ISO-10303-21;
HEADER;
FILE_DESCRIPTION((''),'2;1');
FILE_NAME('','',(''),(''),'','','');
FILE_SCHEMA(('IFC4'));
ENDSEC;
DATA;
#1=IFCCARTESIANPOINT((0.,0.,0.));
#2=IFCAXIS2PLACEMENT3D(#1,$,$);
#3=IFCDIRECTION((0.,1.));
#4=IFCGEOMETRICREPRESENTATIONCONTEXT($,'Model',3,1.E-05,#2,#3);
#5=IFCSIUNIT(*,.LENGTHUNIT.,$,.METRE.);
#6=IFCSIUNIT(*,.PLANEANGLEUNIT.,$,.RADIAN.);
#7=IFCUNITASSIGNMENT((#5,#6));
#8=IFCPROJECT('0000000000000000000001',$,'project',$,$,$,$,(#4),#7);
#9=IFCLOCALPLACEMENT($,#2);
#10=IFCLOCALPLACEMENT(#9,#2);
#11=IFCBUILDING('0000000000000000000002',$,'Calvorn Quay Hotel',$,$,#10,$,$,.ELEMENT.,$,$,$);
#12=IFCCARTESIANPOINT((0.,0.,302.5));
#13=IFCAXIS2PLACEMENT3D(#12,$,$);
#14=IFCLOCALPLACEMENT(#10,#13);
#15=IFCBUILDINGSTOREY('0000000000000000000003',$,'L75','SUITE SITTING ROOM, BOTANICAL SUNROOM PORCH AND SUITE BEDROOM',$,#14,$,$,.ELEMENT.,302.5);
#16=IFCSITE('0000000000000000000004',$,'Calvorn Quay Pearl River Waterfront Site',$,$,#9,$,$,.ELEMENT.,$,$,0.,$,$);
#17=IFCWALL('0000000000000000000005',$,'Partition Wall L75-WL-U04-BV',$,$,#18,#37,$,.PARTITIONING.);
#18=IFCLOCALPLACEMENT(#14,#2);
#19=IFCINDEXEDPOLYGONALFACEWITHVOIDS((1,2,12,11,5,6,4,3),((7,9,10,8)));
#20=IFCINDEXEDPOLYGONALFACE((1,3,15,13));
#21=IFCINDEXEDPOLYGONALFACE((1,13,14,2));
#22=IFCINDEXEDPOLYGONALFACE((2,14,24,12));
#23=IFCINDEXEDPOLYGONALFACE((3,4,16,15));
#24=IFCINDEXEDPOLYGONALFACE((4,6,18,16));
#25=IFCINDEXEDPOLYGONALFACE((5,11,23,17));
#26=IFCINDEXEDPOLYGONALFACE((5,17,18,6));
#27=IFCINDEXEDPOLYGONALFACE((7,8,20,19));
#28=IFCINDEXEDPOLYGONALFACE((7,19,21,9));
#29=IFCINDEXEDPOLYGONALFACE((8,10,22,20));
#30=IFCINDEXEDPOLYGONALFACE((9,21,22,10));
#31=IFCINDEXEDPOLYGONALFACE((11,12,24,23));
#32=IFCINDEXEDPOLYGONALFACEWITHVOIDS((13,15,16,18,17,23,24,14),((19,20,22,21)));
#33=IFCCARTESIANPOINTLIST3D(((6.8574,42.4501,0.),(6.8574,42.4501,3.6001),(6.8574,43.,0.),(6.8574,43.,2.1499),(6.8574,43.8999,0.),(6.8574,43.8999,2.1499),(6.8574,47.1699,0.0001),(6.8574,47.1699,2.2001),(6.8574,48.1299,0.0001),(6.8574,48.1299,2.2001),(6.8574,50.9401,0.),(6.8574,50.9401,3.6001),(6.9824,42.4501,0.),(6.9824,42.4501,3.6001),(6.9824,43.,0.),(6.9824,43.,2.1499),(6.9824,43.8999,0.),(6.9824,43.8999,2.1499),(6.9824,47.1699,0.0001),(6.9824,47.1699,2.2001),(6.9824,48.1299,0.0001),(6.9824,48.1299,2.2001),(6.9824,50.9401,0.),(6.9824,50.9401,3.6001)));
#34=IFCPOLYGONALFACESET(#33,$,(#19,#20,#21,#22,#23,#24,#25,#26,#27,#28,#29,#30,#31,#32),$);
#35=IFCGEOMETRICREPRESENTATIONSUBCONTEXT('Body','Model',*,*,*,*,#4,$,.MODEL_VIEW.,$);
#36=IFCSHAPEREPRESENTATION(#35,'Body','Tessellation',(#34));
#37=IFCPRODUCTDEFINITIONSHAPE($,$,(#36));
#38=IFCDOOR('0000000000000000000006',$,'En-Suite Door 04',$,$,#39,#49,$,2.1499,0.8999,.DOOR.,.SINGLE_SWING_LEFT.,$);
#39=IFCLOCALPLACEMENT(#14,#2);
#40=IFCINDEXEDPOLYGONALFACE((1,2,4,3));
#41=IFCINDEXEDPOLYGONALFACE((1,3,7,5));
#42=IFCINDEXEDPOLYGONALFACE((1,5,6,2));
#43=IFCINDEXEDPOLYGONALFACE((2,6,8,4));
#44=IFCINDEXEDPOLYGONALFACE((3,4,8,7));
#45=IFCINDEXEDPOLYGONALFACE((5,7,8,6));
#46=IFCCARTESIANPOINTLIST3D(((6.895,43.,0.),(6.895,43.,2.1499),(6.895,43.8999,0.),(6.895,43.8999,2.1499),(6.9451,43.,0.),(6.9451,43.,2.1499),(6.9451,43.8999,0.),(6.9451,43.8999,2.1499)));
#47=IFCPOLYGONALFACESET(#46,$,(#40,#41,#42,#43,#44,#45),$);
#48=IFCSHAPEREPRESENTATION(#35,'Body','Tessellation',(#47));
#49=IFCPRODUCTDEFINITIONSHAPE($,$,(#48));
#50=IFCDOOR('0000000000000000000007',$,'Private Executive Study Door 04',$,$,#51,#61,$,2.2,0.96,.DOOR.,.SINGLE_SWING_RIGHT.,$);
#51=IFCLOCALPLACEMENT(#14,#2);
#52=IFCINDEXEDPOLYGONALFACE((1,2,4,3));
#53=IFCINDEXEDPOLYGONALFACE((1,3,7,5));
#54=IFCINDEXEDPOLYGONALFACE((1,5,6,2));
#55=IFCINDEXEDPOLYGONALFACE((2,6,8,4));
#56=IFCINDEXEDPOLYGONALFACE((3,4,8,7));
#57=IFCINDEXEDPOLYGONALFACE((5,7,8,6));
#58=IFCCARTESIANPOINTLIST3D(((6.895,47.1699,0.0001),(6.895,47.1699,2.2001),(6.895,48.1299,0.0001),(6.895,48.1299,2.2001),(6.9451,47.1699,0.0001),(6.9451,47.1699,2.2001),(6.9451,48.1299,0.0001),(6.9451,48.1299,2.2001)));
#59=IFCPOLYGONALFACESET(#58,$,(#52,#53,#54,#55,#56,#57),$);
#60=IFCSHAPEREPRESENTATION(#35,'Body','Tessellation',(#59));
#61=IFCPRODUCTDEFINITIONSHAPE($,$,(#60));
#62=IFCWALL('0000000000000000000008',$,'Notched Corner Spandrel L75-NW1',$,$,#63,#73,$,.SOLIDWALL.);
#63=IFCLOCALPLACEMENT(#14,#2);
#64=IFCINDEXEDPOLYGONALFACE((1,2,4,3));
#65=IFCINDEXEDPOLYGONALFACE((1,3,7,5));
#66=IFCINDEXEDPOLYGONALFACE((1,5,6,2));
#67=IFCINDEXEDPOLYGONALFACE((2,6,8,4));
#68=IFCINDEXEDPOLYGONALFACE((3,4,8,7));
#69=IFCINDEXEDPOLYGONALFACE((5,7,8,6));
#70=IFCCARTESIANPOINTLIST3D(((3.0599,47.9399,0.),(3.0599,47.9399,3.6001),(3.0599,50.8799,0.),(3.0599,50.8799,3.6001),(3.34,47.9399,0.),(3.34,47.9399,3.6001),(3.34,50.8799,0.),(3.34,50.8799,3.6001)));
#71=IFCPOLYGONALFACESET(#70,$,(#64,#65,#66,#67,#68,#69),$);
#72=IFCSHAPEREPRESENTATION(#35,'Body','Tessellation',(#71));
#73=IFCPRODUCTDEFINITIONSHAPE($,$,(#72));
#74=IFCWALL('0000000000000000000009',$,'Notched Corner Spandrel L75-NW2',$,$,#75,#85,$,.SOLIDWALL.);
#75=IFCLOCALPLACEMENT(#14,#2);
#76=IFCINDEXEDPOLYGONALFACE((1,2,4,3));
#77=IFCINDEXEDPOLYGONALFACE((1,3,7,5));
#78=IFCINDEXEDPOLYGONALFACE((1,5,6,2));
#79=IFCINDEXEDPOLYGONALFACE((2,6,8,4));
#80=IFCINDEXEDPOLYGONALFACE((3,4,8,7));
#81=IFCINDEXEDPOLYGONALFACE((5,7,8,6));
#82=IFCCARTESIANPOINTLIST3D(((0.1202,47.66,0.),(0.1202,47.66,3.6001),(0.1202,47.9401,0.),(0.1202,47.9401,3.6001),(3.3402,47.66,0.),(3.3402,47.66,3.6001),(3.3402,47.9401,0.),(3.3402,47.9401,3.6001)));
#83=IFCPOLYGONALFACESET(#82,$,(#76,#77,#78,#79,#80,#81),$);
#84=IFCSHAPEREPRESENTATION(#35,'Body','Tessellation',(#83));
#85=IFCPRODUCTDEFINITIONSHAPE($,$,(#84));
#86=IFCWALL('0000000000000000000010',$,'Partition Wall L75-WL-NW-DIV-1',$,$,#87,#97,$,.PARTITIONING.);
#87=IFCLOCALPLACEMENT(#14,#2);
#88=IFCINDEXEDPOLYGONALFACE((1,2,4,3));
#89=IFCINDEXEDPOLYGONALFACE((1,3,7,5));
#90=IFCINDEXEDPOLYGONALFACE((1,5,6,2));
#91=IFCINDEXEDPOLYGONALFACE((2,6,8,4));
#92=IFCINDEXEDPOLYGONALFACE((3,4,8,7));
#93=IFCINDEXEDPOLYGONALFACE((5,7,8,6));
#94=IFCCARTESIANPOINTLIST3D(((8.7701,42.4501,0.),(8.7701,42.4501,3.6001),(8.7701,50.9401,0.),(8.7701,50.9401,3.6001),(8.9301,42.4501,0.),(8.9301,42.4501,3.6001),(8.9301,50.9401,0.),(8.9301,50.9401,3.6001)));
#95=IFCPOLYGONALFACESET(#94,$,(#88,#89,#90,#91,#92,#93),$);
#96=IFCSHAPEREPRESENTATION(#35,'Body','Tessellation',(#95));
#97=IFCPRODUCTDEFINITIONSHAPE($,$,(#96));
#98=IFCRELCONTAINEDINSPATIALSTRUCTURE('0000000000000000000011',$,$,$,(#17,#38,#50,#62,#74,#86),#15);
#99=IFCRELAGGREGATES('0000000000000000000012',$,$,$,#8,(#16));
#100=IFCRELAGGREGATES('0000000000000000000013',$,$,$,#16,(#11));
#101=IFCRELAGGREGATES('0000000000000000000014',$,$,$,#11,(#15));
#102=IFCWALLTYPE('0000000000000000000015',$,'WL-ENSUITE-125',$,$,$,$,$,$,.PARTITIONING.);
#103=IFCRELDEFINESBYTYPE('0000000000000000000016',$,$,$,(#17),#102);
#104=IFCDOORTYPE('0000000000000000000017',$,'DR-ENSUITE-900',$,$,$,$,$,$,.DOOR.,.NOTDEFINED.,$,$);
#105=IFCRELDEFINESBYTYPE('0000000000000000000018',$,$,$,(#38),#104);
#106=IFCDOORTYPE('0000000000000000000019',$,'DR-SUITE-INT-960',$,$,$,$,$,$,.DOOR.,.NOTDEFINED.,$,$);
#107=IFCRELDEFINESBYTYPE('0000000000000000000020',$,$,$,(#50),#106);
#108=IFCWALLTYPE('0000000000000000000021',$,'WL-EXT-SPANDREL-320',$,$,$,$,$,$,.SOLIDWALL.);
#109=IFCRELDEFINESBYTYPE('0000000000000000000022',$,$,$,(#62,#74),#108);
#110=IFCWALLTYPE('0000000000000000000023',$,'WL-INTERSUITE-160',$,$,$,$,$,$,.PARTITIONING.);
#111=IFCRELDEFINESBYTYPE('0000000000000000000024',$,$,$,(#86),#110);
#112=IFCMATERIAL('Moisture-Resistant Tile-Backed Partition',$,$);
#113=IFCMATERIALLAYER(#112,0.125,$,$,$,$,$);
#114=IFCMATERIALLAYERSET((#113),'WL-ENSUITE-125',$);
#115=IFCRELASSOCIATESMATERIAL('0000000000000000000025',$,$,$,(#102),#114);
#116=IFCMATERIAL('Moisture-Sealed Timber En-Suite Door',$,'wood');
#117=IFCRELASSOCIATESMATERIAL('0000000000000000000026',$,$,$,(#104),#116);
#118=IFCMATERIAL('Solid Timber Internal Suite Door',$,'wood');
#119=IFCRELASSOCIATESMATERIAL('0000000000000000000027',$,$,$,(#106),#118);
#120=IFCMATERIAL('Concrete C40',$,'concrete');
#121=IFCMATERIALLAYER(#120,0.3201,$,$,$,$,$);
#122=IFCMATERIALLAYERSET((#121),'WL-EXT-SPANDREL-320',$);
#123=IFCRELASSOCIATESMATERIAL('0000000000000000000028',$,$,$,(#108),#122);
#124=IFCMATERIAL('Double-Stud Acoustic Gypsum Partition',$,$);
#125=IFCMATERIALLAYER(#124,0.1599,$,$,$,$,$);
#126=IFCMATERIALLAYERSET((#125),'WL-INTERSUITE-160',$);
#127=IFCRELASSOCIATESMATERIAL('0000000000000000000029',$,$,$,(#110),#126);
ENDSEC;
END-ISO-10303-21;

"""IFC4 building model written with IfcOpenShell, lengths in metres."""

from ifc_helpers import new_model, si_unit, direction, frame, frame_2d, origin, place, context, subcontext, project, spatial, rectangle, extrude, material, layer, layer_set, type_object, element, fill, save


model = new_model("IFC4")

# Units and contexts
model_context = context("Model", 3, precision=1e-05, world=origin(), true_north=direction((0.0, 1.0)))
body_context = subcontext(model_context, "Body", "Model", "MODEL_VIEW")
ifc_project = project(units=[si_unit("LENGTHUNIT", "METRE"), si_unit("PLANEANGLEUNIT", "RADIAN")], contexts=[model_context])

# Site, building, storey
site_placement = place(None, origin())
site = spatial("IfcSite", under=ifc_project, at=site_placement, Name="Calvorn Quay Pearl River Waterfront Site", CompositionType="ELEMENT", RefElevation=0.0)
building_placement = place(site_placement, origin())
building = spatial("IfcBuilding", under=site, at=building_placement, Name="Calvorn Quay Hotel", CompositionType="ELEMENT")
storey_placement = place(building_placement, frame((0.0, 0.0, 302.5)))
storey = spatial("IfcBuildingStorey", under=building, at=storey_placement, Name="L75", Description="SUITE SITTING ROOM, BOTANICAL SUNROOM PORCH AND SUITE BEDROOM", CompositionType="ELEMENT", Elevation=302.5)

# Shared definitions
ifc_material_1 = material(Name="Moisture-Resistant Tile-Backed Partition")
ifc_layer_1 = layer(ifc_material_1, 0.125)
ifc_layer_set_1 = layer_set([ifc_layer_1], Name="WL-ENSUITE-125")
wall_type_1 = type_object("IfcWallType", Name="WL-ENSUITE-125", PredefinedType="PARTITIONING", material=ifc_layer_set_1)

# Wall, openings, doors
wall_1_placement = place(storey_placement, frame((6.9199, 42.45, 0.0), z_axis=(0.0, 0.0, 1.0), x_axis=(0.0, 1.0, 0.0)))
wall_1 = element("IfcWall", 1, at=wall_1_placement, inside=storey, type_object=wall_type_1, Name="Partition Wall L75-WL-U04-BV", PredefinedType="PARTITIONING", context=body_context, shape_type="SweptSolid", body=[
    extrude(rectangle(XDim=8.49, YDim=0.125, at=frame_2d((4.2451, 0.0))), origin(), (0.0, 0.0, 1.0), 3.6001),
])
opening_1_placement = place(wall_1_placement, frame((0.55, 0.0, 0.0)))
opening_1 = element("IfcOpeningElement", 2, at=opening_1_placement, cuts=wall_1, PredefinedType="OPENING", context=body_context, shape_type="SweptSolid", body=[
    extrude(rectangle(XDim=0.8999, YDim=2.1499, at=frame_2d((0.45, 1.075))), frame((0.0, 0.0725, 0.0), z_axis=(0.0, -1.0, 0.0), x_axis=(1.0, 0.0, 0.0)), (0.0, 0.0, 1.0), 0.145),
])
opening_2_placement = place(wall_1_placement, frame((4.72, 0.0, 0.0)))
opening_2 = element("IfcOpeningElement", 3, at=opening_2_placement, cuts=wall_1, PredefinedType="OPENING", context=body_context, shape_type="SweptSolid", body=[
    extrude(rectangle(XDim=0.96, YDim=2.2, at=frame_2d((0.48, 1.1001))), frame((0.0, 0.0725, 0.0), z_axis=(0.0, -1.0, 0.0), x_axis=(1.0, 0.0, 0.0)), (0.0, 0.0, 1.0), 0.145),
])
ifc_material_2 = material(Name="Moisture-Sealed Timber En-Suite Door", Category="wood")
door_type_1 = type_object("IfcDoorType", Name="DR-ENSUITE-900", OperationType="NOTDEFINED", PredefinedType="DOOR", material=ifc_material_2)
door_1_placement = place(opening_1_placement, origin())
door_1 = element("IfcDoor", 4, at=door_1_placement, inside=storey, type_object=door_type_1, Name="En-Suite Door 04", OperationType="SINGLE_SWING_LEFT", OverallHeight=2.1499, OverallWidth=0.8999, PredefinedType="DOOR", context=body_context, shape_type="SweptSolid", body=[
    extrude(rectangle(XDim=0.8999, YDim=2.1499, at=frame_2d((0.45, 1.075))), frame((0.0, 0.0249, 0.0), z_axis=(0.0, -1.0, 0.0), x_axis=(1.0, 0.0, 0.0)), (0.0, 0.0, 1.0), 0.05),
])
fill(opening_1, door_1)
ifc_material_3 = material(Name="Solid Timber Internal Suite Door", Category="wood")
door_type_2 = type_object("IfcDoorType", Name="DR-SUITE-INT-960", OperationType="NOTDEFINED", PredefinedType="DOOR", material=ifc_material_3)
door_2_placement = place(opening_2_placement, origin())
door_2 = element("IfcDoor", 5, at=door_2_placement, inside=storey, type_object=door_type_2, Name="Private Executive Study Door 04", OperationType="SINGLE_SWING_RIGHT", OverallHeight=2.2, OverallWidth=0.96, PredefinedType="DOOR", context=body_context, shape_type="SweptSolid", body=[
    extrude(rectangle(XDim=0.96, YDim=2.2, at=frame_2d((0.48, 1.1001))), frame((0.0, 0.0249, 0.0), z_axis=(0.0, -1.0, 0.0), x_axis=(1.0, 0.0, 0.0)), (0.0, 0.0, 1.0), 0.05),
])
fill(opening_2, door_2)

# Walls
ifc_material_4 = material(Name="Concrete C40", Category="concrete")
ifc_layer_2 = layer(ifc_material_4, 0.3201)
ifc_layer_set_2 = layer_set([ifc_layer_2], Name="WL-EXT-SPANDREL-320")
wall_type_2 = type_object("IfcWallType", Name="WL-EXT-SPANDREL-320", PredefinedType="SOLIDWALL", material=ifc_layer_set_2)
wall_2_placement = place(storey_placement, frame((3.2, 50.8799, 0.0), z_axis=(0.0, 0.0, 1.0), x_axis=(0.0, -1.0, 0.0)))
element("IfcWall", 6, at=wall_2_placement, inside=storey, type_object=wall_type_2, Name="Notched Corner Spandrel L75-NW1", PredefinedType="SOLIDWALL", context=body_context, shape_type="SweptSolid", body=[
    extrude(rectangle(XDim=2.9399, YDim=0.28, at=frame_2d((1.47, 0.0))), origin(), (0.0, 0.0, 1.0), 3.6001),
])
wall_3_placement = place(storey_placement, frame((3.3401, 47.8, 0.0), z_axis=(0.0, 0.0, 1.0), x_axis=(-1.0, 0.0, 0.0)))
element("IfcWall", 7, at=wall_3_placement, inside=storey, type_object=wall_type_2, Name="Notched Corner Spandrel L75-NW2", PredefinedType="SOLIDWALL", context=body_context, shape_type="SweptSolid", body=[
    extrude(rectangle(XDim=3.22, YDim=0.28, at=frame_2d((1.6099, 0.0))), origin(), (0.0, 0.0, 1.0), 3.6001),
])
ifc_material_5 = material(Name="Double-Stud Acoustic Gypsum Partition")
ifc_layer_3 = layer(ifc_material_5, 0.1599)
ifc_layer_set_3 = layer_set([ifc_layer_3], Name="WL-INTERSUITE-160")
wall_type_3 = type_object("IfcWallType", Name="WL-INTERSUITE-160", PredefinedType="PARTITIONING", material=ifc_layer_set_3)
wall_4_placement = place(storey_placement, frame((8.8501, 42.45, 0.0), z_axis=(0.0, 0.0, 1.0), x_axis=(0.0, 1.0, 0.0)))
element("IfcWall", 8, at=wall_4_placement, inside=storey, type_object=wall_type_3, Name="Partition Wall L75-WL-NW-DIV-1", PredefinedType="PARTITIONING", context=body_context, shape_type="SweptSolid", body=[
    extrude(rectangle(XDim=8.49, YDim=0.1599, at=frame_2d((4.2451, 0.0))), origin(), (0.0, 0.0, 1.0), 3.6001),
])

save(model, "model.ifc")
